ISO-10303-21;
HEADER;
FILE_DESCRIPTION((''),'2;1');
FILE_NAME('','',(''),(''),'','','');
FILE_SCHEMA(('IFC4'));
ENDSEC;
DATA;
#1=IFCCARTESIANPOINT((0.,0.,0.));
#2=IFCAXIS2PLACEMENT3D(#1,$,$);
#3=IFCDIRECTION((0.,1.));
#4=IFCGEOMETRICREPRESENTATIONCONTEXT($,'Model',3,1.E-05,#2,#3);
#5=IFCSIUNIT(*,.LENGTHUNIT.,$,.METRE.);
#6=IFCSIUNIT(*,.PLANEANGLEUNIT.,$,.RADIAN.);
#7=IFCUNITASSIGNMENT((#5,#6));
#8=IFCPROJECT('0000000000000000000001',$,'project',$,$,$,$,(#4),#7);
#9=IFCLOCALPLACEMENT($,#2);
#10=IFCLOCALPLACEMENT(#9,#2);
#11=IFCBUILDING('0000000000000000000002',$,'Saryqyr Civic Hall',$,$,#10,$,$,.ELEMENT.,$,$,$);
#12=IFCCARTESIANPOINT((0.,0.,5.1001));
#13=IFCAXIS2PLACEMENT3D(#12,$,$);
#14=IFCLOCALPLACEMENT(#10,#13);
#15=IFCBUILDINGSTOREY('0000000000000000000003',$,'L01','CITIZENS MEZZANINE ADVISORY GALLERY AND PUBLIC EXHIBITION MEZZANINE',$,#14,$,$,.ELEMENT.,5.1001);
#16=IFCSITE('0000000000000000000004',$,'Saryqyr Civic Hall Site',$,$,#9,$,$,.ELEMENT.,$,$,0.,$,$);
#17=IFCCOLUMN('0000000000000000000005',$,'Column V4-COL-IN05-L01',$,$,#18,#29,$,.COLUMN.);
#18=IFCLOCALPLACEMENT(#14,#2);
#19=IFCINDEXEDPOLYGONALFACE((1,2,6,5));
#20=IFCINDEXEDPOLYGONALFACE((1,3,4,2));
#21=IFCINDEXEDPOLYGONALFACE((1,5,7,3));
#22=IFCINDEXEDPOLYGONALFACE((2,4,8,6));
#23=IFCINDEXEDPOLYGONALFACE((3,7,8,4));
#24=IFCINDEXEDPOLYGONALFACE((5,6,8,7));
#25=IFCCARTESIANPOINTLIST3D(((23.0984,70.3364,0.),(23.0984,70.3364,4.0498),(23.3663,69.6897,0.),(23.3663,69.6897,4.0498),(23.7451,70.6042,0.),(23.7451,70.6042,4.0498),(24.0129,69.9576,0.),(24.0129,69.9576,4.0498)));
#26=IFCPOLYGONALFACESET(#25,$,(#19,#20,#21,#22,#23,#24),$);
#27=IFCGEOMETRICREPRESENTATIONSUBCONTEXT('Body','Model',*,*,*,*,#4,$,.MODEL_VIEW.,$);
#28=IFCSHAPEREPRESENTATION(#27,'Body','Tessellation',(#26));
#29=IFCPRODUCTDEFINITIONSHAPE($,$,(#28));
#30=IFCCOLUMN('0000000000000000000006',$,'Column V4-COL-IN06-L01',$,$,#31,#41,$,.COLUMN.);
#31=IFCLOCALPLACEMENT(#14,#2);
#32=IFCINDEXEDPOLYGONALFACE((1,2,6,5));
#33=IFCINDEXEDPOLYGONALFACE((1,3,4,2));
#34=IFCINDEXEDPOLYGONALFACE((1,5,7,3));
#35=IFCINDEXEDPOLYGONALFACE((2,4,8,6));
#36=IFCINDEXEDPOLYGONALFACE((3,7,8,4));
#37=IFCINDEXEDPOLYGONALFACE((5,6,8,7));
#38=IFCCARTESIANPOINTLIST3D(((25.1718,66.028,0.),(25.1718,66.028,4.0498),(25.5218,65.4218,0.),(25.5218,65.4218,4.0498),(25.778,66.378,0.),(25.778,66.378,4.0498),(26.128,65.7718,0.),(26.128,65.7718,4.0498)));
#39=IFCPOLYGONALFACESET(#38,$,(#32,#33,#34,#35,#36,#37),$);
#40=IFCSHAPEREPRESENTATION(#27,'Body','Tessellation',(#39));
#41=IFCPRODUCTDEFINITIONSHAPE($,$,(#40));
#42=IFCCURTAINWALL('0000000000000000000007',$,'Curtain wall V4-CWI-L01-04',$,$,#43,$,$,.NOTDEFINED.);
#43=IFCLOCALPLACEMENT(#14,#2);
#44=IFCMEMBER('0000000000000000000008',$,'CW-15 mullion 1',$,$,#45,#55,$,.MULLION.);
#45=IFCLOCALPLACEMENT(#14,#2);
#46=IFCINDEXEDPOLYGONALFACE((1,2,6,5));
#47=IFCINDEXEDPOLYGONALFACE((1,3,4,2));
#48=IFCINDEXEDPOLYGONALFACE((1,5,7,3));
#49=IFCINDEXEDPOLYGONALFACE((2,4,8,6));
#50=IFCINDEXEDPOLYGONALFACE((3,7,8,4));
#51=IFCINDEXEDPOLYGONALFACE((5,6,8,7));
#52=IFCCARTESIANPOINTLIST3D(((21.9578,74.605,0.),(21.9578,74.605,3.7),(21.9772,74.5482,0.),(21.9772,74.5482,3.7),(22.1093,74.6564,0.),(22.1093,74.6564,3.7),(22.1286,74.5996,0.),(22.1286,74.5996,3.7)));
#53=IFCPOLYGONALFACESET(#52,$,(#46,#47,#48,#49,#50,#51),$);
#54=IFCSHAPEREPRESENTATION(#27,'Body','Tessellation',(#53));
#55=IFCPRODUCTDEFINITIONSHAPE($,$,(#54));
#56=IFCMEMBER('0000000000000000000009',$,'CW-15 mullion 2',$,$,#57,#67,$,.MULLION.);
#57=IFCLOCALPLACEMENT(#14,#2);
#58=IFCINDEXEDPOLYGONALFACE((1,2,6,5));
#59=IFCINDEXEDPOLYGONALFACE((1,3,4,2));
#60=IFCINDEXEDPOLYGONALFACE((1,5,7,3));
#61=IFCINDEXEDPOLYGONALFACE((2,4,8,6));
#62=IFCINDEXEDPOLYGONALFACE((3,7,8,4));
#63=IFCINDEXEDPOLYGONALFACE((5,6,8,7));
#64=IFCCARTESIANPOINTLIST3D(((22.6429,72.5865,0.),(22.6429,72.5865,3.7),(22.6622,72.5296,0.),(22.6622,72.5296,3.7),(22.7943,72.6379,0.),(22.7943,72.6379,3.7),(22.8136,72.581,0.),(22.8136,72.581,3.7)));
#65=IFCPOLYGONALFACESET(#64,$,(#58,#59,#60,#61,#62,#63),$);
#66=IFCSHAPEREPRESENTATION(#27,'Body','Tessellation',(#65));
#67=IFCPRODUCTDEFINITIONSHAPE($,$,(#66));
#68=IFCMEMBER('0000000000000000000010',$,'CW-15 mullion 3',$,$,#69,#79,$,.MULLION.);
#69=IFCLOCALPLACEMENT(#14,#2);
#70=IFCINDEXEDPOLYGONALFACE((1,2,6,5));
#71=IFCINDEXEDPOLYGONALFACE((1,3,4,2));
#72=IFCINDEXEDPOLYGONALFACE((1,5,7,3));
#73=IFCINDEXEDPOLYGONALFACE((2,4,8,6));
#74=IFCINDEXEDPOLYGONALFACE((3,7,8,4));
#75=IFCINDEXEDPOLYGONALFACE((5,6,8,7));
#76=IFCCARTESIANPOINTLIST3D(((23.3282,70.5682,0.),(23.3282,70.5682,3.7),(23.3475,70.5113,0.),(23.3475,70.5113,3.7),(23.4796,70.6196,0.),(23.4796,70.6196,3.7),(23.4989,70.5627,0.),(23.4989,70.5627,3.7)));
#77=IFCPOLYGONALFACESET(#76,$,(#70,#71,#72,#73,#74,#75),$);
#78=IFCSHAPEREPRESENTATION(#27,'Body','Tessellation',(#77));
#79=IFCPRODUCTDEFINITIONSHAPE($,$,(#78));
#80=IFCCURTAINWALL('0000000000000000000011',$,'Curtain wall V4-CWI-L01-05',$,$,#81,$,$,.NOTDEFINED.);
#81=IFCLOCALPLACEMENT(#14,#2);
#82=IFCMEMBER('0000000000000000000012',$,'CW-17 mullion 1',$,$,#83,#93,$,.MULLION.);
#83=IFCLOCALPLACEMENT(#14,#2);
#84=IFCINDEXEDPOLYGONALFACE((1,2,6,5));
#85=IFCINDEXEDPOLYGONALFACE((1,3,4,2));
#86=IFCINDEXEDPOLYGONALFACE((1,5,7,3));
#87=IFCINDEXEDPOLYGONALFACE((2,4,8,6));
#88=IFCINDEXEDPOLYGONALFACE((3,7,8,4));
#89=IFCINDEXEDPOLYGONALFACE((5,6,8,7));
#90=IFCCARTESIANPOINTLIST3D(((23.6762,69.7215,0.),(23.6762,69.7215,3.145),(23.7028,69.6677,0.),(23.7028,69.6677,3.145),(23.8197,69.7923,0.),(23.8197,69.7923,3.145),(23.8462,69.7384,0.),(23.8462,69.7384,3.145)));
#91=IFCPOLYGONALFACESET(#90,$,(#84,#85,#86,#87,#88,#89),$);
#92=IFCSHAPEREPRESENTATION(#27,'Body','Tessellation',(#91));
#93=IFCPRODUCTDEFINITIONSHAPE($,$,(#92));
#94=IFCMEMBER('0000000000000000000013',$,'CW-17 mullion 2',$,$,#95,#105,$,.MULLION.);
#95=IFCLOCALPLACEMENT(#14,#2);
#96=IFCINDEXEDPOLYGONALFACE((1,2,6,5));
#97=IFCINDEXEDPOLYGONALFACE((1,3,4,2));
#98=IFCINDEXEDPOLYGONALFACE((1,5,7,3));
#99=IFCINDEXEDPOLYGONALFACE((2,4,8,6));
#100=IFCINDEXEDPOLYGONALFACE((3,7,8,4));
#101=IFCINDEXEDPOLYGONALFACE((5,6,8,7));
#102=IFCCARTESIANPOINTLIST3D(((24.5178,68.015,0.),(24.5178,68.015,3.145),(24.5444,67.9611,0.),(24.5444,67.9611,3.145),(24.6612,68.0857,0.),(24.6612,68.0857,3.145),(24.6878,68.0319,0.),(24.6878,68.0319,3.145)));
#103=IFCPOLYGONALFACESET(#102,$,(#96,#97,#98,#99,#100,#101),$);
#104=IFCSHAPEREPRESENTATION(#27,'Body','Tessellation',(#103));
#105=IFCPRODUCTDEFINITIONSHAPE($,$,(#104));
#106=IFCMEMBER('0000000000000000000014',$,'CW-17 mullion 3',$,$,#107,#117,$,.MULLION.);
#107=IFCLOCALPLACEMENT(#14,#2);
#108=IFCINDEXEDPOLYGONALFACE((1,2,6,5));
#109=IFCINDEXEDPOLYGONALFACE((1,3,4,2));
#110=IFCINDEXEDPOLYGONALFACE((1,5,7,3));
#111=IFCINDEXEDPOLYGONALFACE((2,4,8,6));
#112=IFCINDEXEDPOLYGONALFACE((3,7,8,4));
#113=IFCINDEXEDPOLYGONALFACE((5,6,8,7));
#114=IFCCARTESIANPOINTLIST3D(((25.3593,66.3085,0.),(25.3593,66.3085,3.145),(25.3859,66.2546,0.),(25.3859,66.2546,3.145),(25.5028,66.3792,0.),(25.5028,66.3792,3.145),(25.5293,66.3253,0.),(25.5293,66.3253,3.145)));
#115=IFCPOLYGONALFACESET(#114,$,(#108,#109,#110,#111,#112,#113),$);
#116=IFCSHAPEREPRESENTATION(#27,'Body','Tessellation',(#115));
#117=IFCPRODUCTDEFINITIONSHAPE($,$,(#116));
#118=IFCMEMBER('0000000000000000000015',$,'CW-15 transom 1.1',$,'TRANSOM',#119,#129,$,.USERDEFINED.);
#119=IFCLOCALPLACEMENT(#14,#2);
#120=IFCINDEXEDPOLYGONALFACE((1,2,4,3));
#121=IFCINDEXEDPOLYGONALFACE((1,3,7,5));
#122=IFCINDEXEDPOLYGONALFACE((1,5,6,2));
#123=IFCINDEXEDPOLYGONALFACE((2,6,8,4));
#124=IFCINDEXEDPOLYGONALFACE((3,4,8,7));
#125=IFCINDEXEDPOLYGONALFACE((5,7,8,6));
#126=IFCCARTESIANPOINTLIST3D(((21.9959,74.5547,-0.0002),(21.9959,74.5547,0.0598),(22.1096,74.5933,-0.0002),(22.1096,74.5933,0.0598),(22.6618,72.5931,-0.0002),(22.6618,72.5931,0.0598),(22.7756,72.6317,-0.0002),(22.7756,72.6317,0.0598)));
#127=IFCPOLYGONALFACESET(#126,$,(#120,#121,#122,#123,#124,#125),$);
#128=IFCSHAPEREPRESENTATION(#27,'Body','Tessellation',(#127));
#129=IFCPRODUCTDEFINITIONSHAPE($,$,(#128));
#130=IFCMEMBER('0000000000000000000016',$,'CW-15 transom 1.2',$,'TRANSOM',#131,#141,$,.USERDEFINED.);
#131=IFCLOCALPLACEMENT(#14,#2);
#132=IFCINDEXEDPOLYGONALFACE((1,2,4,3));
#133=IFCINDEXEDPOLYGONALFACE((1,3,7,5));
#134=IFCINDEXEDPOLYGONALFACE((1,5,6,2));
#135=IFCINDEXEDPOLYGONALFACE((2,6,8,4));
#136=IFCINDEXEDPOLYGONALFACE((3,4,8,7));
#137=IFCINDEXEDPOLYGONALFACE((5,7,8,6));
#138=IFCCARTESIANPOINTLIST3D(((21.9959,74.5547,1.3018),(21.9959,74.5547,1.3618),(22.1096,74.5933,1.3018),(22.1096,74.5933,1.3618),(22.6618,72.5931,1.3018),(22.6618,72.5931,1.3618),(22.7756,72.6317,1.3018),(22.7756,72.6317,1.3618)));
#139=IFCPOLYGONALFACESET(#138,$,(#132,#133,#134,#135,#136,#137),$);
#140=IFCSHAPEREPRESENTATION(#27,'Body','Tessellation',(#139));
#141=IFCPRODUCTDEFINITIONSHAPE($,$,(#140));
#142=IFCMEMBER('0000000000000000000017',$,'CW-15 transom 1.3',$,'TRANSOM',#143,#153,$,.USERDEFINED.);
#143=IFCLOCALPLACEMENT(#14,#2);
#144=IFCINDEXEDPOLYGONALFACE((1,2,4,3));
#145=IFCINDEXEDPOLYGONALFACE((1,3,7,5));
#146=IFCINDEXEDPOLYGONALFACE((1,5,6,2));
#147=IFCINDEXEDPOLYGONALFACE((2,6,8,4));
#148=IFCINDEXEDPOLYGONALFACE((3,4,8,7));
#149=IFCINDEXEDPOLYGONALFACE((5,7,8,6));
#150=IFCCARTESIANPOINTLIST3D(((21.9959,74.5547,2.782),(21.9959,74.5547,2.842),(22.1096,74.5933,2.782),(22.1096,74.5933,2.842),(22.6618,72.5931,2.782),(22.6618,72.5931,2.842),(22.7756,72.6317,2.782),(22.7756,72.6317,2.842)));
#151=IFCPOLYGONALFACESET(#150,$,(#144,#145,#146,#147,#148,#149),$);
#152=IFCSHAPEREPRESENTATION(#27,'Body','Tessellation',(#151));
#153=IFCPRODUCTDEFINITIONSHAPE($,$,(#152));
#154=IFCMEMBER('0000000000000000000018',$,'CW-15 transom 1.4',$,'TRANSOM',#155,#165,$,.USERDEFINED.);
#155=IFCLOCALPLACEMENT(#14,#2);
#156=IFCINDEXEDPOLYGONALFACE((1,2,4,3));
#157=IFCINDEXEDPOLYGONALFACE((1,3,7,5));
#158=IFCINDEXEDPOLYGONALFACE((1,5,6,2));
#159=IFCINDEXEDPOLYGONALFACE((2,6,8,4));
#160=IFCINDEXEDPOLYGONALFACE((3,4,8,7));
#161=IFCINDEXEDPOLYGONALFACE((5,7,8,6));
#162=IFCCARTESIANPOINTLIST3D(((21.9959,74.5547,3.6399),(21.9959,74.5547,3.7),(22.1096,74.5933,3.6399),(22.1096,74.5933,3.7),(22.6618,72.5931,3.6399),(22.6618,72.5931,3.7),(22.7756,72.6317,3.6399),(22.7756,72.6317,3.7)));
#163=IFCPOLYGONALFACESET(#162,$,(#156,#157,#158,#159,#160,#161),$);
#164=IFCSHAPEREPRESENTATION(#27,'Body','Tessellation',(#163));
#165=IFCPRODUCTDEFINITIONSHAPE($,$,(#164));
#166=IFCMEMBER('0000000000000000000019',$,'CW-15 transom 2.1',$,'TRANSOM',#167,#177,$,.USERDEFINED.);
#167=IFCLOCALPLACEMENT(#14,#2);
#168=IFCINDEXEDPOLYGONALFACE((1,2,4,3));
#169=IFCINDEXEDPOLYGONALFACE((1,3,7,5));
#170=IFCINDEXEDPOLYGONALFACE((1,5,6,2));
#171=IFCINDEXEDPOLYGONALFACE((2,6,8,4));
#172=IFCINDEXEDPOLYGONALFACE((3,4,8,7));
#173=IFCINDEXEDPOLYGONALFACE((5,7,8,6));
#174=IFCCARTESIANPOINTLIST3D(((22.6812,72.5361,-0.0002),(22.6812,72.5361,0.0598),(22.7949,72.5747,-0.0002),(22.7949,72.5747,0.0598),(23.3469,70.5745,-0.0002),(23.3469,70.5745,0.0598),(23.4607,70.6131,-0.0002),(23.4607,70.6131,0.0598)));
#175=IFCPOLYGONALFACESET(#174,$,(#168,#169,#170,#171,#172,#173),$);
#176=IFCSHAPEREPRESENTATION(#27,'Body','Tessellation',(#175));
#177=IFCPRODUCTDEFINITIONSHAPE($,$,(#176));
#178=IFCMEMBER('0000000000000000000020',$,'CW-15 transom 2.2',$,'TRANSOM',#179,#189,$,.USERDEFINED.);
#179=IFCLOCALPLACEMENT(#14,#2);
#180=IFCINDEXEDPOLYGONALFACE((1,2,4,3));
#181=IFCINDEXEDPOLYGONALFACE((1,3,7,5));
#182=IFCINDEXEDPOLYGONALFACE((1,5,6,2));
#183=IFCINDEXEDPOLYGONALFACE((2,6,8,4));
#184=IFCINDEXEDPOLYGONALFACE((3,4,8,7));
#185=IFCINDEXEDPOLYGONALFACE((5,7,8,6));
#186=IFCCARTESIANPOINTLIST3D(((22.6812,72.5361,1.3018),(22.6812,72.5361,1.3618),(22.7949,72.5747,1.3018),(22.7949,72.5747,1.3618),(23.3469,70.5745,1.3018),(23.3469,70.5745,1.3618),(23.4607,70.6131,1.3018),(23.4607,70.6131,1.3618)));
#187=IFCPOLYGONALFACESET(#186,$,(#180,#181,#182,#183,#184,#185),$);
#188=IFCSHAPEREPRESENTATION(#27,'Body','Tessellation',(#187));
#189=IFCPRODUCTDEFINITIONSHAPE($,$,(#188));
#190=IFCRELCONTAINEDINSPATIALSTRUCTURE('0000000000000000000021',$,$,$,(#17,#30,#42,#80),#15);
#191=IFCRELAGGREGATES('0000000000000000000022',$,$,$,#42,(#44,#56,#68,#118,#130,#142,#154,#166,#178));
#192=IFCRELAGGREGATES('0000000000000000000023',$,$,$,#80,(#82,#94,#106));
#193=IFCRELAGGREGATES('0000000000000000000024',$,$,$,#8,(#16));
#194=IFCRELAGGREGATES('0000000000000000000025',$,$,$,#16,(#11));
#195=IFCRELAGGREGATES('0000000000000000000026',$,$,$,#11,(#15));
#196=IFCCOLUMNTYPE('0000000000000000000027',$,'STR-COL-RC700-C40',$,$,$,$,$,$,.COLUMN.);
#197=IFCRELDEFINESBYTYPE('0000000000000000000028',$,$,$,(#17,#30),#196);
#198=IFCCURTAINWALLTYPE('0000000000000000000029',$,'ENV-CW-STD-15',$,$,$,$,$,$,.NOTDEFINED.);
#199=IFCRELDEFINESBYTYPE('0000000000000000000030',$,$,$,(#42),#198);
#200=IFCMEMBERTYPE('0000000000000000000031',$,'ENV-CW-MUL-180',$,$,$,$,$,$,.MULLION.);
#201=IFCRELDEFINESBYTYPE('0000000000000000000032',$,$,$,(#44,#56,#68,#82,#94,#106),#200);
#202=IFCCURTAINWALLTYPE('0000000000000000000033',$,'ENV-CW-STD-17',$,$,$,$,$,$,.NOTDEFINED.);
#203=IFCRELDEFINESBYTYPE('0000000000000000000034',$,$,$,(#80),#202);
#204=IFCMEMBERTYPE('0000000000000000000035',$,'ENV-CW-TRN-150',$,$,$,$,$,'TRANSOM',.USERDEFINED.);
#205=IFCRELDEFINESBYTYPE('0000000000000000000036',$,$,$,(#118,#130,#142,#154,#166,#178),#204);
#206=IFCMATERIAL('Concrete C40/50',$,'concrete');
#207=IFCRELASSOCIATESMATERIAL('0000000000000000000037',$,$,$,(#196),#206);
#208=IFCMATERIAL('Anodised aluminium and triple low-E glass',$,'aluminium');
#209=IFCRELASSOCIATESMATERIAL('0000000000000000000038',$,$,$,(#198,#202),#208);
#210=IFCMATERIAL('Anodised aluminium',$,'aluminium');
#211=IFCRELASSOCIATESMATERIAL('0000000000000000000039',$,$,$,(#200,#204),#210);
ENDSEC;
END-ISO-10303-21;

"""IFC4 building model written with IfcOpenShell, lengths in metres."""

from ifc_helpers import new_model, si_unit, direction, frame, origin, origin_2d, place, context, subcontext, project, spatial, rectangle, extrude, material, material_profile, profile_set, type_object, element, aggregate, save


model = new_model("IFC4")

# Units and contexts
model_context = context("Model", 3, precision=1e-05, world=origin(), true_north=direction((0.0, 1.0)))
body_context = subcontext(model_context, "Body", "Model", "MODEL_VIEW")
ifc_project = project(units=[si_unit("LENGTHUNIT", "METRE"), si_unit("PLANEANGLEUNIT", "RADIAN")], contexts=[model_context])

# Site, building, storey
site_placement = place(None, origin())
site = spatial("IfcSite", under=ifc_project, at=site_placement, Name="Saryqyr Civic Hall Site", CompositionType="ELEMENT", RefElevation=0.0)
building_placement = place(site_placement, origin())
building = spatial("IfcBuilding", under=site, at=building_placement, Name="Saryqyr Civic Hall", CompositionType="ELEMENT")
storey_placement = place(building_placement, frame((0.0, 0.0, 5.1001)))
storey = spatial("IfcBuildingStorey", under=building, at=storey_placement, Name="L01", Description="CITIZENS MEZZANINE ADVISORY GALLERY AND PUBLIC EXHIBITION MEZZANINE", CompositionType="ELEMENT", Elevation=5.1001)

# Columns
ifc_material_1 = material(Name="Concrete C40/50", Category="concrete")
ifc_material_profile_1 = material_profile(ifc_material_1, rectangle(XDim=0.7, YDim=0.7, at=origin_2d()), Name="RC 700x700")
ifc_profile_set_1 = profile_set([ifc_material_profile_1], Name="Concrete C40/50")
column_type = type_object("IfcColumnType", Name="STR-COL-RC700-C40", PredefinedType="COLUMN", material=ifc_profile_set_1)
for number, where, z_axis, x_axis, name in (
    (1, (23.5557, 70.147, 0.0), (0.0, 0.0, 1.0), (-0.92388, -0.382683, 0.0), "Column V4-COL-IN05-L01"),
    (2, (25.6499, 65.8999, 0.0), (0.0, 0.0, 1.0), (-0.866025, -0.5, 0.0), "Column V4-COL-IN06-L01"),
):
    element("IfcColumn", number, at=place(storey_placement, frame(where, z_axis=z_axis, x_axis=x_axis)), inside=storey, type_object=column_type, Name=name, PredefinedType="COLUMN", context=body_context, shape_type="SweptSolid", body=[
        extrude(rectangle(XDim=0.7, YDim=0.7, at=origin_2d()), origin(), (0.0, 0.0, 1.0), 4.0498),
    ])

# Curtain walls, members
ifc_material_2 = material(Name="Anodised aluminium and triple low-E glass", Category="aluminium")
curtain_wall_type_1 = type_object("IfcCurtainWallType", Name="ENV-CW-STD-15", PredefinedType="NOTDEFINED", material=ifc_material_2)
curtain_wall_1_placement = place(storey_placement, origin())
curtain_wall_1 = element("IfcCurtainWall", 3, at=curtain_wall_1_placement, inside=storey, type_object=curtain_wall_type_1, Name="Curtain wall V4-CWI-L01-04", PredefinedType="NOTDEFINED")
ifc_material_3 = material(Name="Anodised aluminium", Category="aluminium")
ifc_material_profile_2 = material_profile(ifc_material_3, rectangle(XDim=0.0601, YDim=0.1599, at=origin_2d()), Name="ALU MULLION 60x160")
ifc_profile_set_2 = profile_set([ifc_material_profile_2], Name="Anodised aluminium")
member_type_1 = type_object("IfcMemberType", Name="ENV-CW-MUL-180", PredefinedType="MULLION", material=ifc_profile_set_2)
member_1_placement = place(storey_placement, frame((22.0432, 74.6023, 0.0), z_axis=(0.0, 0.0, 1.0), x_axis=(0.321441, -0.94693, 0.0)))
member_1 = element("IfcMember", 4, at=member_1_placement, type_object=member_type_1, Name="CW-15 mullion 1", PredefinedType="MULLION", context=body_context, shape_type="SweptSolid", body=[
    extrude(rectangle(XDim=0.0601, YDim=0.1599, at=origin_2d()), origin(), (0.0, 0.0, 1.0), 3.7),
])
member_2_placement = place(storey_placement, frame((22.7283, 72.5837, 0.0), z_axis=(0.0, 0.0, 1.0), x_axis=(0.321441, -0.94693, 0.0)))
member_2 = element("IfcMember", 5, at=member_2_placement, type_object=member_type_1, Name="CW-15 mullion 2", PredefinedType="MULLION", context=body_context, shape_type="SweptSolid", body=[
    extrude(rectangle(XDim=0.0601, YDim=0.1599, at=origin_2d()), origin(), (0.0, 0.0, 1.0), 3.7),
])
member_3_placement = place(storey_placement, frame((23.4136, 70.5654, 0.0), z_axis=(0.0, 0.0, 1.0), x_axis=(0.321441, -0.94693, 0.0)))
member_3 = element("IfcMember", 6, at=member_3_placement, type_object=member_type_1, Name="CW-15 mullion 3", PredefinedType="MULLION", context=body_context, shape_type="SweptSolid", body=[
    extrude(rectangle(XDim=0.0601, YDim=0.1599, at=origin_2d()), origin(), (0.0, 0.0, 1.0), 3.7),
])
curtain_wall_type_2 = type_object("IfcCurtainWallType", Name="ENV-CW-STD-17", PredefinedType="NOTDEFINED", material=ifc_material_2)
curtain_wall_2_placement = place(storey_placement, origin())
curtain_wall_2 = element("IfcCurtainWall", 7, at=curtain_wall_2_placement, inside=storey, type_object=curtain_wall_type_2, Name="Curtain wall V4-CWI-L01-05", PredefinedType="NOTDEFINED")
member_4_placement = place(storey_placement, frame((23.7612, 69.73, 0.0), z_axis=(0.0, 0.0, 1.0), x_axis=(0.442292, -0.896871, 0.0)))
member_4 = element("IfcMember", 8, at=member_4_placement, type_object=member_type_1, Name="CW-17 mullion 1", PredefinedType="MULLION", context=body_context, shape_type="SweptSolid", body=[
    extrude(rectangle(XDim=0.0601, YDim=0.1599, at=origin_2d()), origin(), (0.0, 0.0, 1.0), 3.145),
])
member_5_placement = place(storey_placement, frame((24.6028, 68.0234, 0.0), z_axis=(0.0, 0.0, 1.0), x_axis=(0.442292, -0.896871, 0.0)))
member_5 = element("IfcMember", 9, at=member_5_placement, type_object=member_type_1, Name="CW-17 mullion 2", PredefinedType="MULLION", context=body_context, shape_type="SweptSolid", body=[
    extrude(rectangle(XDim=0.0601, YDim=0.1599, at=origin_2d()), origin(), (0.0, 0.0, 1.0), 3.145),
])
member_6_placement = place(storey_placement, frame((25.4443, 66.3169, 0.0), z_axis=(0.0, 0.0, 1.0), x_axis=(0.442292, -0.896871, 0.0)))
member_6 = element("IfcMember", 10, at=member_6_placement, type_object=member_type_1, Name="CW-17 mullion 3", PredefinedType="MULLION", context=body_context, shape_type="SweptSolid", body=[
    extrude(rectangle(XDim=0.0601, YDim=0.1599, at=origin_2d()), origin(), (0.0, 0.0, 1.0), 3.145),
])

# Members
ifc_material_profile_3 = material_profile(ifc_material_3, rectangle(XDim=0.1201, YDim=0.0601, at=origin_2d()), Name="ALU TRANSOM 120x60")
ifc_profile_set_3 = profile_set([ifc_material_profile_3], Name="Anodised aluminium")
member_type_2 = type_object("IfcMemberType", Name="ENV-CW-TRN-150", ElementType="TRANSOM", PredefinedType="USERDEFINED", material=ifc_profile_set_3)
member_7_placement = place(storey_placement, frame((22.0527, 74.574, 0.0298), z_axis=(0.321491, -0.946913, 0.0), x_axis=(0.946913, 0.321491, 0.0)))
member_7 = element("IfcMember", 11, at=member_7_placement, type_object=member_type_2, Name="CW-15 transom 1.1", ObjectType="TRANSOM", PredefinedType="USERDEFINED", context=body_context, shape_type="SweptSolid", body=[
    extrude(rectangle(XDim=0.1201, YDim=0.0601, at=origin_2d()), origin(), (0.0, 0.0, 1.0), 2.0715),
])
member_8_placement = place(storey_placement, frame((22.0527, 74.574, 1.3318), z_axis=(0.321491, -0.946913, 0.0), x_axis=(0.946913, 0.321491, 0.0)))
member_8 = element("IfcMember", 12, at=member_8_placement, type_object=member_type_2, Name="CW-15 transom 1.2", ObjectType="TRANSOM", PredefinedType="USERDEFINED", context=body_context, shape_type="SweptSolid", body=[
    extrude(rectangle(XDim=0.1201, YDim=0.0601, at=origin_2d()), origin(), (0.0, 0.0, 1.0), 2.0715),
])
member_9_placement = place(storey_placement, frame((22.0527, 74.574, 2.812), z_axis=(0.321491, -0.946913, 0.0), x_axis=(0.946913, 0.321491, 0.0)))
member_9 = element("IfcMember", 13, at=member_9_placement, type_object=member_type_2, Name="CW-15 transom 1.3", ObjectType="TRANSOM", PredefinedType="USERDEFINED", context=body_context, shape_type="SweptSolid", body=[
    extrude(rectangle(XDim=0.1201, YDim=0.0601, at=origin_2d()), origin(), (0.0, 0.0, 1.0), 2.0715),
])
member_10_placement = place(storey_placement, frame((22.0527, 74.574, 3.6699), z_axis=(0.321491, -0.946913, 0.0), x_axis=(0.946913, 0.321491, 0.0)))
member_10 = element("IfcMember", 14, at=member_10_placement, type_object=member_type_2, Name="CW-15 transom 1.4", ObjectType="TRANSOM", PredefinedType="USERDEFINED", context=body_context, shape_type="SweptSolid", body=[
    extrude(rectangle(XDim=0.1201, YDim=0.0601, at=origin_2d()), origin(), (0.0, 0.0, 1.0), 2.0715),
])
member_11_placement = place(storey_placement, frame((22.738, 72.5554, 0.0298), z_axis=(0.321385, -0.946949, 0.0), x_axis=(0.946949, 0.321385, 0.0)))
member_11 = element("IfcMember", 15, at=member_11_placement, type_object=member_type_2, Name="CW-15 transom 2.1", ObjectType="TRANSOM", PredefinedType="USERDEFINED", context=body_context, shape_type="SweptSolid", body=[
    extrude(rectangle(XDim=0.1201, YDim=0.0601, at=origin_2d()), origin(), (0.0, 0.0, 1.0), 2.0715),
])
member_12_placement = place(storey_placement, frame((22.738, 72.5554, 1.3318), z_axis=(0.321385, -0.946949, 0.0), x_axis=(0.946949, 0.321385, 0.0)))
member_12 = element("IfcMember", 16, at=member_12_placement, type_object=member_type_2, Name="CW-15 transom 2.2", ObjectType="TRANSOM", PredefinedType="USERDEFINED", context=body_context, shape_type="SweptSolid", body=[
    extrude(rectangle(XDim=0.1201, YDim=0.0601, at=origin_2d()), origin(), (0.0, 0.0, 1.0), 2.0715),
])

aggregate(curtain_wall_1, [member_1, member_2, member_3, member_7, member_8, member_9, member_10, member_11, member_12])
aggregate(curtain_wall_2, [member_4, member_5, member_6])

save(model, "model.ifc")
